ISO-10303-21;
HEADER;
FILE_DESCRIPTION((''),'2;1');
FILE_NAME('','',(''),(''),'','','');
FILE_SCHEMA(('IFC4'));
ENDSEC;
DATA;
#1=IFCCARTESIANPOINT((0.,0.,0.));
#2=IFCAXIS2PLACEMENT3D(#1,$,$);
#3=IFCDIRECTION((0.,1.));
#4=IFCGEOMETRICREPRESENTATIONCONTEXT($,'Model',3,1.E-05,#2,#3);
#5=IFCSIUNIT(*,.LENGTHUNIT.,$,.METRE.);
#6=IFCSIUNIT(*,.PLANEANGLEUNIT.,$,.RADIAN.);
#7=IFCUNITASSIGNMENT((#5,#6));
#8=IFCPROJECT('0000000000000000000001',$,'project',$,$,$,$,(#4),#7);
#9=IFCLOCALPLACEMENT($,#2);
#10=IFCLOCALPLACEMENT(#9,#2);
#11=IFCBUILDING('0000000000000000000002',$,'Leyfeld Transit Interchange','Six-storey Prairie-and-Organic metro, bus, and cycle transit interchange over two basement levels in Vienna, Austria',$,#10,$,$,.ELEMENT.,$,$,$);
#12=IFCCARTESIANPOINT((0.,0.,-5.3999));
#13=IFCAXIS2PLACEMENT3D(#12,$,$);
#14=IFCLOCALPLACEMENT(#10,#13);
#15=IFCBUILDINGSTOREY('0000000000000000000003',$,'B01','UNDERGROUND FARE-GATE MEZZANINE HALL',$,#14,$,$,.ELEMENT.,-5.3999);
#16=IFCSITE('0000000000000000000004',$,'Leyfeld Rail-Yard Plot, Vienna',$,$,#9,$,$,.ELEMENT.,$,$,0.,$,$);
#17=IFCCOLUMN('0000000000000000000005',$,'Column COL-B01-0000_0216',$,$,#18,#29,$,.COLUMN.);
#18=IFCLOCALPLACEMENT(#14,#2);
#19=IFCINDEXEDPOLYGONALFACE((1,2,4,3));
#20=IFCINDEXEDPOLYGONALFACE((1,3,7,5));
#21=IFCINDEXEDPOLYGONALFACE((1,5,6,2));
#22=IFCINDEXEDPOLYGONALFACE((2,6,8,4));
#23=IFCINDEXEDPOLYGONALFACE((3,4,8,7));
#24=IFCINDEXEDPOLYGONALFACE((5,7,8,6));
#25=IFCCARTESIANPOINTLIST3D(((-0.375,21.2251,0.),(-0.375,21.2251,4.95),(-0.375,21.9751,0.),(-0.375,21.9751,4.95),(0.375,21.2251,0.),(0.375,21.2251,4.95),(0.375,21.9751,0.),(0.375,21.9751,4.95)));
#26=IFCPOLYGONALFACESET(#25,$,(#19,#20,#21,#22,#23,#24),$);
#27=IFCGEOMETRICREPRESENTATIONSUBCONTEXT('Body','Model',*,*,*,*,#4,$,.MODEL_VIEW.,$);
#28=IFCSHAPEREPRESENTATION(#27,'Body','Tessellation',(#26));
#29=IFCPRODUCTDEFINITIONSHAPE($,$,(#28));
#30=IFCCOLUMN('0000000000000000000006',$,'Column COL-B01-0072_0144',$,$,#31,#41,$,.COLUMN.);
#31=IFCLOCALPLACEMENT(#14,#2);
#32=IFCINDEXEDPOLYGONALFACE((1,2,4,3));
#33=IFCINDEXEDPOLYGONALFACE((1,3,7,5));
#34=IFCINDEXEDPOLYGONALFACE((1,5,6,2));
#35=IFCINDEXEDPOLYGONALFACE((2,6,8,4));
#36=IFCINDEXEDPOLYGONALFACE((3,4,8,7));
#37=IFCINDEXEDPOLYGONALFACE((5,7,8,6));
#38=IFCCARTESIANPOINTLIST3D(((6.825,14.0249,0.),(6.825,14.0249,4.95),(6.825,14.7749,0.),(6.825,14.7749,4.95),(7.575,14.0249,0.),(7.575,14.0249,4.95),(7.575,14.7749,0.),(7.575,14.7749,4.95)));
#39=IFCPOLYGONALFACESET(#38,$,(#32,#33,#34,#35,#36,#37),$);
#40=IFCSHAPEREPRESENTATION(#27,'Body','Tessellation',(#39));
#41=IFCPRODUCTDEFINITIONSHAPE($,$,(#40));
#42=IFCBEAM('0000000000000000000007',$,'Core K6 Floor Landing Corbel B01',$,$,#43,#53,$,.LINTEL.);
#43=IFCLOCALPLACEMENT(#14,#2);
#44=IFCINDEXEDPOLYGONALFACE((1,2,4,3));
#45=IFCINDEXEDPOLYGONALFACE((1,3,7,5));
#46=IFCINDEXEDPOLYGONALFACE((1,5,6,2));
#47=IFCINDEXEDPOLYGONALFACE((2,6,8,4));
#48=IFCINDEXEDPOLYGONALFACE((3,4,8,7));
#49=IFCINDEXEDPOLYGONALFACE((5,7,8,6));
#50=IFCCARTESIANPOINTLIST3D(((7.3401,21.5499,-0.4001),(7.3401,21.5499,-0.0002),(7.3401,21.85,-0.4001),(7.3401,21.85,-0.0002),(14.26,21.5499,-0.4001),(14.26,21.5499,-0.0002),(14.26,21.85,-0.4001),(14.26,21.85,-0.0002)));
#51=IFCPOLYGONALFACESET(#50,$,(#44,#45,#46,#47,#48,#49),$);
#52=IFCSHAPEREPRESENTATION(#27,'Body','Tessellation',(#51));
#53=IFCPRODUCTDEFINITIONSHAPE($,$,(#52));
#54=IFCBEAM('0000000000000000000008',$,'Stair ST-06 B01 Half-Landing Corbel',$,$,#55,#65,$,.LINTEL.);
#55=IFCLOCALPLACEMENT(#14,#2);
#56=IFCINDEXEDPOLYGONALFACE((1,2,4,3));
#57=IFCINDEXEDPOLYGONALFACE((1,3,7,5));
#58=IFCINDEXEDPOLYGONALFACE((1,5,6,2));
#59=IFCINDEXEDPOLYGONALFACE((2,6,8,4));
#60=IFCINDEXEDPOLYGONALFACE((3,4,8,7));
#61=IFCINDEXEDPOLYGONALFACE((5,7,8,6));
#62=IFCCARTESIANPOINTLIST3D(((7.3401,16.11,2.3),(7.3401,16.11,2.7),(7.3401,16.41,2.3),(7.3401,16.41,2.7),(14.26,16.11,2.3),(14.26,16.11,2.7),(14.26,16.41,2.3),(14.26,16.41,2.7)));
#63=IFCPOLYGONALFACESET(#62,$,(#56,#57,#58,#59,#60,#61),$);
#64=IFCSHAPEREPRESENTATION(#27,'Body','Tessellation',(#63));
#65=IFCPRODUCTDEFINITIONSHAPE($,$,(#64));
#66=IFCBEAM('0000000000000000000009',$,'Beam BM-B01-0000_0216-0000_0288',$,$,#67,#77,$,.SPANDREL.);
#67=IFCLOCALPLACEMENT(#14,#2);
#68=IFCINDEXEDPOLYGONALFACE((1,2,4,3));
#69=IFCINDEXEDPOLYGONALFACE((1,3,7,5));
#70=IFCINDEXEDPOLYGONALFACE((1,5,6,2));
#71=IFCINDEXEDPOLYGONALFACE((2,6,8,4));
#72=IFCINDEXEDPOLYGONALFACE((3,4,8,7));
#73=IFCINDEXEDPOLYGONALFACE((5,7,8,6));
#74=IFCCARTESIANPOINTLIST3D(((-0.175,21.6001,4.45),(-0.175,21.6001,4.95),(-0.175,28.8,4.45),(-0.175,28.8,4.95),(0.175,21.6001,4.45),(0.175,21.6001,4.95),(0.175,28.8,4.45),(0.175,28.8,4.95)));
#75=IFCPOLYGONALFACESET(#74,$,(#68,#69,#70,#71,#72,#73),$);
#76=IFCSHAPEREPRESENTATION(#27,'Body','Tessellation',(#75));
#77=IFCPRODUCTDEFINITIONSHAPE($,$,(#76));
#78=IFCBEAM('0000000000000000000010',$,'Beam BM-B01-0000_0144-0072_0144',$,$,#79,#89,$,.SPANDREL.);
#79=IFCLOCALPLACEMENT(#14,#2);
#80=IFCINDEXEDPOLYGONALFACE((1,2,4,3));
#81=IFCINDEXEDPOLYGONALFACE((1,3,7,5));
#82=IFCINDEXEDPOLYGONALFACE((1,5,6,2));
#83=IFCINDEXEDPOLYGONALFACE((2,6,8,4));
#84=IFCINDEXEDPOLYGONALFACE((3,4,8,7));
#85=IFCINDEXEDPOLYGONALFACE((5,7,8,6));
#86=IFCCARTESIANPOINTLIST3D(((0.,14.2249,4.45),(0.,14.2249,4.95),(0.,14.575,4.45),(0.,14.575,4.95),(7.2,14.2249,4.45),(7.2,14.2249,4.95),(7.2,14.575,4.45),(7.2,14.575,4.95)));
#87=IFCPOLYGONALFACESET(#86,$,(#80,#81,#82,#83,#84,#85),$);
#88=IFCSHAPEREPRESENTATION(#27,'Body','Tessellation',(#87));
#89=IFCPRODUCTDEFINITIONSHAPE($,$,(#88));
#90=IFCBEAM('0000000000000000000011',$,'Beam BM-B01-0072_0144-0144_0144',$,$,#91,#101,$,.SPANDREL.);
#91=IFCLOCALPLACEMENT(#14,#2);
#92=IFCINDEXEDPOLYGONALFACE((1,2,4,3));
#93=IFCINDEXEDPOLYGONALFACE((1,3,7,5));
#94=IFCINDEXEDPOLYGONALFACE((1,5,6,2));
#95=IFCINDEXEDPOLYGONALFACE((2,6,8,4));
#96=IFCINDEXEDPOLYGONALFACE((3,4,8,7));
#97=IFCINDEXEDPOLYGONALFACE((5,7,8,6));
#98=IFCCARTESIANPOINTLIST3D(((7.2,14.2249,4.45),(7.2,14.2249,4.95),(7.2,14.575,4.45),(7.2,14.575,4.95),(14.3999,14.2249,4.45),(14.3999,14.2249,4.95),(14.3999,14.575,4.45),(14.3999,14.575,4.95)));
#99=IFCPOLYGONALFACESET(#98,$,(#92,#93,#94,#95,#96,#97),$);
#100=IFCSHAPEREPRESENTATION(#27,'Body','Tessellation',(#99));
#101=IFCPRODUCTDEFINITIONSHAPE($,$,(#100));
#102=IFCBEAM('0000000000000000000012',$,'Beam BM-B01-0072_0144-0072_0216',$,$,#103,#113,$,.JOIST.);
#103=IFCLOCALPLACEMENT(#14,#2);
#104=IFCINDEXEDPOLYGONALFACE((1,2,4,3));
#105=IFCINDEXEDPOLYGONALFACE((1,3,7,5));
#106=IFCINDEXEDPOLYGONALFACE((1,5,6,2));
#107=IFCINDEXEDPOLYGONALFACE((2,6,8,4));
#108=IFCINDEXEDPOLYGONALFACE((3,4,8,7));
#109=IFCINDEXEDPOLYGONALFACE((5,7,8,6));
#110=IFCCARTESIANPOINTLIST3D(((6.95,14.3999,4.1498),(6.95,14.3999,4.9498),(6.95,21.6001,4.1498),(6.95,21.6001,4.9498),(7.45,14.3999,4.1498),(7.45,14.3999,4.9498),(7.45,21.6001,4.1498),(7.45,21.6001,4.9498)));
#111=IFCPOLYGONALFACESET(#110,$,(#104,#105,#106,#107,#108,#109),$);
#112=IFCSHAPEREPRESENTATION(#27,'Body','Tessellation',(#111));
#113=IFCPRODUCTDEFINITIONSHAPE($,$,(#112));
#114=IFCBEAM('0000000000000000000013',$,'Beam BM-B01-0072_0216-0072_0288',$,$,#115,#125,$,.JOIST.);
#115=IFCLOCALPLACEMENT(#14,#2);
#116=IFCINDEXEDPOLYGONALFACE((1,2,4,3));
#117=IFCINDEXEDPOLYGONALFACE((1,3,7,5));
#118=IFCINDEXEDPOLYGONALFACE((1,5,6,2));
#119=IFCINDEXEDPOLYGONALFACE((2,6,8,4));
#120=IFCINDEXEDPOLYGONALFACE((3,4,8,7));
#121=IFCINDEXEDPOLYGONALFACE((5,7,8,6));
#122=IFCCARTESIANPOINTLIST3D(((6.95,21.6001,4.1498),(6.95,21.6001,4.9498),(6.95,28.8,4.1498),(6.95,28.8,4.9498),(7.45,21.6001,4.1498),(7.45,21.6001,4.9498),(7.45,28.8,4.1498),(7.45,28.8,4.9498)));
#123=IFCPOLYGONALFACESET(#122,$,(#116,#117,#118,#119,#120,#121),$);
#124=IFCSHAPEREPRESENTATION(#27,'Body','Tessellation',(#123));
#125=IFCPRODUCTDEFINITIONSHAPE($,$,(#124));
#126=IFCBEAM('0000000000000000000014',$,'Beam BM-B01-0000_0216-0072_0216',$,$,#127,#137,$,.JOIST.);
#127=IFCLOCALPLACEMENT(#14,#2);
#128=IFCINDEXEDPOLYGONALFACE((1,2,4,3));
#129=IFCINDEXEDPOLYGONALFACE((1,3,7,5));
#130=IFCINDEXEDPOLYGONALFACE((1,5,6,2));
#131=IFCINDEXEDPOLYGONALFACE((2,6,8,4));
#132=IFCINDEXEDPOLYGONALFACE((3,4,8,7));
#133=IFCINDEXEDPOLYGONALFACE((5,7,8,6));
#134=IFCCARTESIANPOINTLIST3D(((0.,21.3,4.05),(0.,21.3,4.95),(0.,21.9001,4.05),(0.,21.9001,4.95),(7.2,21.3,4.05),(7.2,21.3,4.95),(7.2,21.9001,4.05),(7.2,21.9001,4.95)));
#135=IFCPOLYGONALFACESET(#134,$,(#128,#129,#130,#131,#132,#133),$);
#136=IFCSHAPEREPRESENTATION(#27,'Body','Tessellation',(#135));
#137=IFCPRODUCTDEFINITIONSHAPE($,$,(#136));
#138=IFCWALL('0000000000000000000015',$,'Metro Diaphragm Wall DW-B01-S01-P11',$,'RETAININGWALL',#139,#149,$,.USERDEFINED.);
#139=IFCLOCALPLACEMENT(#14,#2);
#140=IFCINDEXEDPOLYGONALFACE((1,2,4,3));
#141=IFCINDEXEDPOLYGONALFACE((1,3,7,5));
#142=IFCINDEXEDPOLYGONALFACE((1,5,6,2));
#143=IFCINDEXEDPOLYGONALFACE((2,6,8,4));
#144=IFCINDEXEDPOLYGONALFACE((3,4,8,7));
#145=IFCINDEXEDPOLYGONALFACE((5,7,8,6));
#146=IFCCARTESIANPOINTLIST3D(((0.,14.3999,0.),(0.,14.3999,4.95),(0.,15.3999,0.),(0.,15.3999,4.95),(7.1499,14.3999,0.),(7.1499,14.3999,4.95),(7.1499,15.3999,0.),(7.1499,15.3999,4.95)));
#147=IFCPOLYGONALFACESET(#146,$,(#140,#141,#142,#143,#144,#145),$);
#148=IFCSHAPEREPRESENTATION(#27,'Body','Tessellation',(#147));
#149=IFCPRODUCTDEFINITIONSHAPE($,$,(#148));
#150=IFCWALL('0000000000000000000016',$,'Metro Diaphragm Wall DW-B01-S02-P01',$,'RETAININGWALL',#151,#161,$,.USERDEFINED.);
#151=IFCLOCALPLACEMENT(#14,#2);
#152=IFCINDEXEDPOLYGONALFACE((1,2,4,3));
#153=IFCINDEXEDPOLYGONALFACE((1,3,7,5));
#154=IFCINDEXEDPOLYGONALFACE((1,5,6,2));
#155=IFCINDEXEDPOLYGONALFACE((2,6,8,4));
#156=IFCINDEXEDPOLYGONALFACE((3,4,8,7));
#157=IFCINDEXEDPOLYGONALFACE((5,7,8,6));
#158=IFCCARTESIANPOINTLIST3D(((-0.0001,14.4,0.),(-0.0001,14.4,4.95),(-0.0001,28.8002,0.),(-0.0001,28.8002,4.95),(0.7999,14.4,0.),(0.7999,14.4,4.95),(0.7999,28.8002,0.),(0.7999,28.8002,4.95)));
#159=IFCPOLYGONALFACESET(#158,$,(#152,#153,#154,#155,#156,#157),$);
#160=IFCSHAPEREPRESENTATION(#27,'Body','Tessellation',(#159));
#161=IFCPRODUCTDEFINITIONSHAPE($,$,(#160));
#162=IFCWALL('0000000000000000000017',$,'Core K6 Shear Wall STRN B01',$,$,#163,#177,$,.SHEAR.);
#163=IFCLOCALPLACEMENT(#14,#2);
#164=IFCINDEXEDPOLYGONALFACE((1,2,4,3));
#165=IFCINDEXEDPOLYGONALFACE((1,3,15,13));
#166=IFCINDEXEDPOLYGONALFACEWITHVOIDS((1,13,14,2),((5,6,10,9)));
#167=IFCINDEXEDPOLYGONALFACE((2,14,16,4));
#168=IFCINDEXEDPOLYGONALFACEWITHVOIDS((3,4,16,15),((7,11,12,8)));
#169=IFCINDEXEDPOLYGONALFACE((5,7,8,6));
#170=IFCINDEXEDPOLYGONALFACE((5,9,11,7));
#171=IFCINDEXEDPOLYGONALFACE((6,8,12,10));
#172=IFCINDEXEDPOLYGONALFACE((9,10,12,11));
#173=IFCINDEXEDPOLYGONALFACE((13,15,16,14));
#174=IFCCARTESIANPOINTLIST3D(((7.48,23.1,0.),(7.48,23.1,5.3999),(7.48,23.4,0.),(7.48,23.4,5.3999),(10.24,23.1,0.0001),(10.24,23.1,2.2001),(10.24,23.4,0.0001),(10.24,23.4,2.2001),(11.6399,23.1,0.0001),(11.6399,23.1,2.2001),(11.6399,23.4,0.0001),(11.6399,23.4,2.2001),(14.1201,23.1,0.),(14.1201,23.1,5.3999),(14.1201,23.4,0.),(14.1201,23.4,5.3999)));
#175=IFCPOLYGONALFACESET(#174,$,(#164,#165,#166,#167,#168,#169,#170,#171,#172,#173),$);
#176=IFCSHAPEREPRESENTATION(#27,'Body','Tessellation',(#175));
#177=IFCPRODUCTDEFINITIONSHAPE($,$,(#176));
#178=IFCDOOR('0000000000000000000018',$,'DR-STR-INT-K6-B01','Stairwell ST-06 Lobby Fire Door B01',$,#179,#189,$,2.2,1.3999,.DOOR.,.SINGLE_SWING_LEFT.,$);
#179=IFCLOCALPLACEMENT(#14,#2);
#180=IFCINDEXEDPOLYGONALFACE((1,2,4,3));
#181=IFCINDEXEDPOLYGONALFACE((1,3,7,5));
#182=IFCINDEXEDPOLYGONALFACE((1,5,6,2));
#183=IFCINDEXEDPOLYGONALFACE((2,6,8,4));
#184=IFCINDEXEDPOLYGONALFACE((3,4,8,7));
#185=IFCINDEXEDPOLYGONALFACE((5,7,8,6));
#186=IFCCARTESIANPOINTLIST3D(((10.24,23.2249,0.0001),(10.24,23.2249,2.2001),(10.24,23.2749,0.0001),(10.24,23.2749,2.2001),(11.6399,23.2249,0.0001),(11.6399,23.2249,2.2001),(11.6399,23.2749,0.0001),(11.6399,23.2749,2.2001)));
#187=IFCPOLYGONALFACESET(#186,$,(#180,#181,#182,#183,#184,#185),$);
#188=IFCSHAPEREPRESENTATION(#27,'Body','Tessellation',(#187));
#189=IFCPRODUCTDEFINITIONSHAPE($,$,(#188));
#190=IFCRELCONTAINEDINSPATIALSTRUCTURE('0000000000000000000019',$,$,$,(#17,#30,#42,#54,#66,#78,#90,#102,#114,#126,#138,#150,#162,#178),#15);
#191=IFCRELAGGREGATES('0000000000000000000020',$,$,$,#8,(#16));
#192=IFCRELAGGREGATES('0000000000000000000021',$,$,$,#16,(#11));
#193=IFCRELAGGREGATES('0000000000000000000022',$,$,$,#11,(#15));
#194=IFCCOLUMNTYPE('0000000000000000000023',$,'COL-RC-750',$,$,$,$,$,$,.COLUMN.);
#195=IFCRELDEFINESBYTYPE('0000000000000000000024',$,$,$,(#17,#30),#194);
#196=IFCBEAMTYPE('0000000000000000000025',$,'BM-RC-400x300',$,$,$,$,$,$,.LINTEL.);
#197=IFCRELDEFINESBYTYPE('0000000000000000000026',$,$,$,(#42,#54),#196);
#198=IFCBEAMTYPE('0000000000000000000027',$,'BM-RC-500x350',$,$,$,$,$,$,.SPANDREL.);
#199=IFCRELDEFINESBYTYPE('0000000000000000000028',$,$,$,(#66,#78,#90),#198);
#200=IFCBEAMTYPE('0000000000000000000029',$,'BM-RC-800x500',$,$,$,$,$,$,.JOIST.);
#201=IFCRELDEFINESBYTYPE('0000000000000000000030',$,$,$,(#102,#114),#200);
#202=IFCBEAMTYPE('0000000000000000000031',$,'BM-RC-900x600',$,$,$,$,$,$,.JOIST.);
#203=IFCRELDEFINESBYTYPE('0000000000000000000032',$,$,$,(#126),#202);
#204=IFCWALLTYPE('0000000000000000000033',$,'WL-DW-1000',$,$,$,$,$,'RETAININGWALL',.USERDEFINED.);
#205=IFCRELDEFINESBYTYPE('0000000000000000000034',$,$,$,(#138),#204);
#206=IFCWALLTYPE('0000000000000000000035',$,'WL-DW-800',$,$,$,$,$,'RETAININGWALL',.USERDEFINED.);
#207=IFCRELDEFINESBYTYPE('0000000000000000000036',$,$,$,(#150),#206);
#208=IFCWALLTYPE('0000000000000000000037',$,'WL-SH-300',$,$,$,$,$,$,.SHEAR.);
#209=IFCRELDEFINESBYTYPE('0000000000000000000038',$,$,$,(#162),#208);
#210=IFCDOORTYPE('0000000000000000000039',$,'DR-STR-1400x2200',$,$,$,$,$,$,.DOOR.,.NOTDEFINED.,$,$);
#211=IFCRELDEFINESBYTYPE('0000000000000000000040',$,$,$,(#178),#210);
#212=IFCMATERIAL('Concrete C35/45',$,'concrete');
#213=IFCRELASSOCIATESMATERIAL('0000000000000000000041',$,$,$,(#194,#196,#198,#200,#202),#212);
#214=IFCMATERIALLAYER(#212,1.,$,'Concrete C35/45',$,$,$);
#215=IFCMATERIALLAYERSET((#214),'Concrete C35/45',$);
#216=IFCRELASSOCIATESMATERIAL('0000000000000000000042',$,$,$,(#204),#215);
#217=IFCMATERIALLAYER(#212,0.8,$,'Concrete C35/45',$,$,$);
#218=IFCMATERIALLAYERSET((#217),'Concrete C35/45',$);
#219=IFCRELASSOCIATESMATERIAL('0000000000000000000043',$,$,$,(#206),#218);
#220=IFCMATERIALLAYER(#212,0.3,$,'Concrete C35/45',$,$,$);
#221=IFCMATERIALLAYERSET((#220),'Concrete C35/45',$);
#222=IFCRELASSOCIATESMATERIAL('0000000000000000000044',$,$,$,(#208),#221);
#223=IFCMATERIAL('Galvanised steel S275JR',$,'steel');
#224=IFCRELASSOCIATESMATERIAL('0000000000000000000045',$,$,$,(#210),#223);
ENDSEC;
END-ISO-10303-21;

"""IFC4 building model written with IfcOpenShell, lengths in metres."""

from ifc_helpers import new_model, si_unit, direction, frame, frame_2d, origin, origin_2d, place, context, subcontext, project, spatial, rectangle, extrude, material, layer, layer_set, material_profile, profile_set, type_object, element, fill, save


model = new_model("IFC4")

# Units and contexts
model_context = context("Model", 3, precision=1e-05, world=origin(), true_north=direction((0.0, 1.0)))
body_context = subcontext(model_context, "Body", "Model", "MODEL_VIEW")
ifc_project = project(units=[si_unit("LENGTHUNIT", "METRE"), si_unit("PLANEANGLEUNIT", "RADIAN")], contexts=[model_context])

# Site, building, storey
site_placement = place(None, origin())
site = spatial("IfcSite", under=ifc_project, at=site_placement, Name="Leyfeld Rail-Yard Plot, Vienna", CompositionType="ELEMENT", RefElevation=0.0)
building_placement = place(site_placement, origin())
building = spatial("IfcBuilding", under=site, at=building_placement, Name="Leyfeld Transit Interchange", Description="Six-storey Prairie-and-Organic metro, bus, and cycle transit interchange over two basement levels in Vienna, Austria", CompositionType="ELEMENT")
storey_placement = place(building_placement, frame((0.0, 0.0, -5.3999)))
storey = spatial("IfcBuildingStorey", under=building, at=storey_placement, Name="B01", Description="UNDERGROUND FARE-GATE MEZZANINE HALL", CompositionType="ELEMENT", Elevation=-5.3999)

# Columns
ifc_material_1 = material(Name="Concrete C35/45", Category="concrete")
ifc_material_profile_1 = material_profile(ifc_material_1, rectangle(XDim=0.75, YDim=0.75, at=origin_2d()), Name="RC 750x750")
ifc_profile_set_1 = profile_set([ifc_material_profile_1], Name="Concrete C35/45")
column_type = type_object("IfcColumnType", Name="COL-RC-750", PredefinedType="COLUMN", material=ifc_profile_set_1)
for number, where, z_axis, x_axis, name in (
    (1, (0.0, 21.6001, 0.0), (0.0, 0.0, 1.0), (1.0, 0.0, 0.0), "Column COL-B01-0000_0216"),
    (2, (7.2, 14.3999, 0.0), (0.0, 0.0, 1.0), (1.0, 0.0, 0.0), "Column COL-B01-0072_0144"),
):
    element("IfcColumn", number, at=place(storey_placement, frame(where, z_axis=z_axis, x_axis=x_axis)), inside=storey, type_object=column_type, Name=name, PredefinedType="COLUMN", context=body_context, shape_type="SweptSolid", body=[
        extrude(rectangle(XDim=0.75, YDim=0.75, at=origin_2d()), origin(), (0.0, 0.0, 1.0), 4.95),
    ])

# Beams
ifc_material_profile_2 = material_profile(ifc_material_1, rectangle(XDim=0.3, YDim=0.3999, at=origin_2d()), Name="RC 400x300")
ifc_profile_set_2 = profile_set([ifc_material_profile_2], Name="Concrete C35/45")
beam_type_1 = type_object("IfcBeamType", Name="BM-RC-400x300", PredefinedType="LINTEL", material=ifc_profile_set_2)
for number, where, z_axis, x_axis, name in (
    (3, (7.3401, 21.7, -0.2002), (1.0, 0.0, 0.0), (0.0, 1.0, 0.0), "Core K6 Floor Landing Corbel B01"),
    (4, (7.3401, 16.26, 2.5), (1.0, 0.0, 0.0), (0.0, 1.0, 0.0), "Stair ST-06 B01 Half-Landing Corbel"),
):
    element("IfcBeam", number, at=place(storey_placement, frame(where, z_axis=z_axis, x_axis=x_axis)), inside=storey, type_object=beam_type_1, Name=name, PredefinedType="LINTEL", context=body_context, shape_type="SweptSolid", body=[
        extrude(rectangle(XDim=0.3, YDim=0.3999, at=origin_2d()), origin(), (0.0, 0.0, 1.0), 6.9199),
    ])
ifc_material_profile_3 = material_profile(ifc_material_1, rectangle(XDim=0.3501, YDim=0.5, at=origin_2d()), Name="RC 500x350")
ifc_profile_set_3 = profile_set([ifc_material_profile_3], Name="Concrete C35/45")
beam_type_2 = type_object("IfcBeamType", Name="BM-RC-500x350", PredefinedType="SPANDREL", material=ifc_profile_set_3)
for number, where, z_axis, x_axis, name in (
    (5, (0.0, 21.6001, 4.7), (0.0, 1.0, 0.0), (-1.0, 0.0, 0.0), "Beam BM-B01-0000_0216-0000_0288"),
    (6, (0.0, 14.3999, 4.7), (1.0, 0.0, 0.0), (0.0, 1.0, 0.0), "Beam BM-B01-0000_0144-0072_0144"),
    (7, (7.2, 14.3999, 4.7), (1.0, 0.0, 0.0), (0.0, 1.0, 0.0), "Beam BM-B01-0072_0144-0144_0144"),
):
    element("IfcBeam", number, at=place(storey_placement, frame(where, z_axis=z_axis, x_axis=x_axis)), inside=storey, type_object=beam_type_2, Name=name, PredefinedType="SPANDREL", context=body_context, shape_type="SweptSolid", body=[
        extrude(rectangle(XDim=0.3501, YDim=0.5, at=origin_2d()), origin(), (0.0, 0.0, 1.0), 7.2),
    ])
ifc_material_profile_4 = material_profile(ifc_material_1, rectangle(XDim=0.5, YDim=0.8, at=origin_2d()), Name="RC 800x500")
ifc_profile_set_4 = profile_set([ifc_material_profile_4], Name="Concrete C35/45")
beam_type_3 = type_object("IfcBeamType", Name="BM-RC-800x500", PredefinedType="JOIST", material=ifc_profile_set_4)
beam_1_placement = place(storey_placement, frame((7.2, 14.3999, 4.5498), z_axis=(0.0, 1.0, 0.0), x_axis=(-1.0, 0.0, 0.0)))
element("IfcBeam", 8, at=beam_1_placement, inside=storey, type_object=beam_type_3, Name="Beam BM-B01-0072_0144-0072_0216", PredefinedType="JOIST", context=body_context, shape_type="SweptSolid", body=[
    extrude(rectangle(XDim=0.5, YDim=0.8, at=origin_2d()), origin(), (0.0, 0.0, 1.0), 7.2002),
])
beam_2_placement = place(storey_placement, frame((7.2, 21.6001, 4.5498), z_axis=(0.0, 1.0, 0.0), x_axis=(-1.0, 0.0, 0.0)))
element("IfcBeam", 9, at=beam_2_placement, inside=storey, type_object=beam_type_3, Name="Beam BM-B01-0072_0216-0072_0288", PredefinedType="JOIST", context=body_context, shape_type="SweptSolid", body=[
    extrude(rectangle(XDim=0.5, YDim=0.8, at=origin_2d()), origin(), (0.0, 0.0, 1.0), 7.2),
])
ifc_material_profile_5 = material_profile(ifc_material_1, rectangle(XDim=0.6001, YDim=0.8999, at=origin_2d()), Name="RC 900x600")
ifc_profile_set_5 = profile_set([ifc_material_profile_5], Name="Concrete C35/45")
beam_type_4 = type_object("IfcBeamType", Name="BM-RC-900x600", PredefinedType="JOIST", material=ifc_profile_set_5)
beam_3_placement = place(storey_placement, frame((0.0, 21.6001, 4.5), z_axis=(1.0, 0.0, 0.0), x_axis=(0.0, 1.0, 0.0)))
element("IfcBeam", 10, at=beam_3_placement, inside=storey, type_object=beam_type_4, Name="Beam BM-B01-0000_0216-0072_0216", PredefinedType="JOIST", context=body_context, shape_type="SweptSolid", body=[
    extrude(rectangle(XDim=0.6001, YDim=0.8999, at=origin_2d()), origin(), (0.0, 0.0, 1.0), 7.2),
])

# Walls
ifc_layer_1 = layer(ifc_material_1, 1.0, Name="Concrete C35/45")
ifc_layer_set_1 = layer_set([ifc_layer_1], Name="Concrete C35/45")
wall_type_1 = type_object("IfcWallType", Name="WL-DW-1000", ElementType="RETAININGWALL", PredefinedType="USERDEFINED", material=ifc_layer_set_1)
wall_1_placement = place(storey_placement, frame((7.1499, 14.8999, 0.0), z_axis=(0.0, 0.0, 1.0), x_axis=(-1.0, 0.0, 0.0)))
element("IfcWall", 11, at=wall_1_placement, inside=storey, type_object=wall_type_1, Name="Metro Diaphragm Wall DW-B01-S01-P11", ObjectType="RETAININGWALL", PredefinedType="USERDEFINED", context=body_context, shape_type="SweptSolid", body=[
    extrude(rectangle(XDim=7.1499, YDim=1.0, at=frame_2d((3.575, 0.0))), origin(), (0.0, 0.0, 1.0), 4.95),
])
ifc_layer_2 = layer(ifc_material_1, 0.8, Name="Concrete C35/45")
ifc_layer_set_2 = layer_set([ifc_layer_2], Name="Concrete C35/45")
wall_type_2 = type_object("IfcWallType", Name="WL-DW-800", ElementType="RETAININGWALL", PredefinedType="USERDEFINED", material=ifc_layer_set_2)
wall_2_placement = place(storey_placement, frame((0.3999, 14.3999, 0.0), z_axis=(0.0, 0.0, 1.0), x_axis=(0.0, 1.0, 0.0)))
element("IfcWall", 12, at=wall_2_placement, inside=storey, type_object=wall_type_2, Name="Metro Diaphragm Wall DW-B01-S02-P01", ObjectType="RETAININGWALL", PredefinedType="USERDEFINED", context=body_context, shape_type="SweptSolid", body=[
    extrude(rectangle(XDim=14.4001, YDim=0.8, at=frame_2d((7.2002, 0.0))), origin(), (0.0, 0.0, 1.0), 4.95),
])

# Wall, opening, door
ifc_layer_3 = layer(ifc_material_1, 0.3, Name="Concrete C35/45")
ifc_layer_set_3 = layer_set([ifc_layer_3], Name="Concrete C35/45")
wall_type_3 = type_object("IfcWallType", Name="WL-SH-300", PredefinedType="SHEAR", material=ifc_layer_set_3)
wall_3_placement = place(storey_placement, frame((7.48, 23.25, 0.0), z_axis=(0.0, 0.0, 1.0), x_axis=(1.0, 0.0, 0.0)))
wall_3 = element("IfcWall", 13, at=wall_3_placement, inside=storey, type_object=wall_type_3, Name="Core K6 Shear Wall STRN B01", PredefinedType="SHEAR", context=body_context, shape_type="SweptSolid", body=[
    extrude(rectangle(XDim=6.6401, YDim=0.3, at=frame_2d((3.3201, 0.0))), origin(), (0.0, 0.0, 1.0), 5.3999),
])
opening_placement = place(wall_3_placement, frame((2.76, 0.0, 0.0)))
opening = element("IfcOpeningElement", 14, at=opening_placement, cuts=wall_3, PredefinedType="OPENING", context=body_context, shape_type="SweptSolid", body=[
    extrude(rectangle(XDim=1.3999, YDim=2.2, at=frame_2d((0.7, 1.1001))), frame((0.0, 0.1599, 0.0), z_axis=(0.0, -1.0, 0.0), x_axis=(1.0, 0.0, 0.0)), (0.0, 0.0, 1.0), 0.3201),
])
ifc_material_2 = material(Name="Galvanised steel S275JR", Category="steel")
door_type = type_object("IfcDoorType", Name="DR-STR-1400x2200", OperationType="NOTDEFINED", PredefinedType="DOOR", material=ifc_material_2)
door_placement = place(opening_placement, origin())
door = element("IfcDoor", 15, at=door_placement, inside=storey, type_object=door_type, Name="DR-STR-INT-K6-B01", Description="Stairwell ST-06 Lobby Fire Door B01", OperationType="SINGLE_SWING_LEFT", OverallHeight=2.2, OverallWidth=1.3999, PredefinedType="DOOR", context=body_context, shape_type="SweptSolid", body=[
    extrude(rectangle(XDim=1.3999, YDim=2.2, at=frame_2d((0.7, 1.1001))), frame((0.0, 0.0249, 0.0), z_axis=(0.0, -1.0, 0.0), x_axis=(1.0, 0.0, 0.0)), (0.0, 0.0, 1.0), 0.05),
])
fill(opening, door)

save(model, "model.ifc")
